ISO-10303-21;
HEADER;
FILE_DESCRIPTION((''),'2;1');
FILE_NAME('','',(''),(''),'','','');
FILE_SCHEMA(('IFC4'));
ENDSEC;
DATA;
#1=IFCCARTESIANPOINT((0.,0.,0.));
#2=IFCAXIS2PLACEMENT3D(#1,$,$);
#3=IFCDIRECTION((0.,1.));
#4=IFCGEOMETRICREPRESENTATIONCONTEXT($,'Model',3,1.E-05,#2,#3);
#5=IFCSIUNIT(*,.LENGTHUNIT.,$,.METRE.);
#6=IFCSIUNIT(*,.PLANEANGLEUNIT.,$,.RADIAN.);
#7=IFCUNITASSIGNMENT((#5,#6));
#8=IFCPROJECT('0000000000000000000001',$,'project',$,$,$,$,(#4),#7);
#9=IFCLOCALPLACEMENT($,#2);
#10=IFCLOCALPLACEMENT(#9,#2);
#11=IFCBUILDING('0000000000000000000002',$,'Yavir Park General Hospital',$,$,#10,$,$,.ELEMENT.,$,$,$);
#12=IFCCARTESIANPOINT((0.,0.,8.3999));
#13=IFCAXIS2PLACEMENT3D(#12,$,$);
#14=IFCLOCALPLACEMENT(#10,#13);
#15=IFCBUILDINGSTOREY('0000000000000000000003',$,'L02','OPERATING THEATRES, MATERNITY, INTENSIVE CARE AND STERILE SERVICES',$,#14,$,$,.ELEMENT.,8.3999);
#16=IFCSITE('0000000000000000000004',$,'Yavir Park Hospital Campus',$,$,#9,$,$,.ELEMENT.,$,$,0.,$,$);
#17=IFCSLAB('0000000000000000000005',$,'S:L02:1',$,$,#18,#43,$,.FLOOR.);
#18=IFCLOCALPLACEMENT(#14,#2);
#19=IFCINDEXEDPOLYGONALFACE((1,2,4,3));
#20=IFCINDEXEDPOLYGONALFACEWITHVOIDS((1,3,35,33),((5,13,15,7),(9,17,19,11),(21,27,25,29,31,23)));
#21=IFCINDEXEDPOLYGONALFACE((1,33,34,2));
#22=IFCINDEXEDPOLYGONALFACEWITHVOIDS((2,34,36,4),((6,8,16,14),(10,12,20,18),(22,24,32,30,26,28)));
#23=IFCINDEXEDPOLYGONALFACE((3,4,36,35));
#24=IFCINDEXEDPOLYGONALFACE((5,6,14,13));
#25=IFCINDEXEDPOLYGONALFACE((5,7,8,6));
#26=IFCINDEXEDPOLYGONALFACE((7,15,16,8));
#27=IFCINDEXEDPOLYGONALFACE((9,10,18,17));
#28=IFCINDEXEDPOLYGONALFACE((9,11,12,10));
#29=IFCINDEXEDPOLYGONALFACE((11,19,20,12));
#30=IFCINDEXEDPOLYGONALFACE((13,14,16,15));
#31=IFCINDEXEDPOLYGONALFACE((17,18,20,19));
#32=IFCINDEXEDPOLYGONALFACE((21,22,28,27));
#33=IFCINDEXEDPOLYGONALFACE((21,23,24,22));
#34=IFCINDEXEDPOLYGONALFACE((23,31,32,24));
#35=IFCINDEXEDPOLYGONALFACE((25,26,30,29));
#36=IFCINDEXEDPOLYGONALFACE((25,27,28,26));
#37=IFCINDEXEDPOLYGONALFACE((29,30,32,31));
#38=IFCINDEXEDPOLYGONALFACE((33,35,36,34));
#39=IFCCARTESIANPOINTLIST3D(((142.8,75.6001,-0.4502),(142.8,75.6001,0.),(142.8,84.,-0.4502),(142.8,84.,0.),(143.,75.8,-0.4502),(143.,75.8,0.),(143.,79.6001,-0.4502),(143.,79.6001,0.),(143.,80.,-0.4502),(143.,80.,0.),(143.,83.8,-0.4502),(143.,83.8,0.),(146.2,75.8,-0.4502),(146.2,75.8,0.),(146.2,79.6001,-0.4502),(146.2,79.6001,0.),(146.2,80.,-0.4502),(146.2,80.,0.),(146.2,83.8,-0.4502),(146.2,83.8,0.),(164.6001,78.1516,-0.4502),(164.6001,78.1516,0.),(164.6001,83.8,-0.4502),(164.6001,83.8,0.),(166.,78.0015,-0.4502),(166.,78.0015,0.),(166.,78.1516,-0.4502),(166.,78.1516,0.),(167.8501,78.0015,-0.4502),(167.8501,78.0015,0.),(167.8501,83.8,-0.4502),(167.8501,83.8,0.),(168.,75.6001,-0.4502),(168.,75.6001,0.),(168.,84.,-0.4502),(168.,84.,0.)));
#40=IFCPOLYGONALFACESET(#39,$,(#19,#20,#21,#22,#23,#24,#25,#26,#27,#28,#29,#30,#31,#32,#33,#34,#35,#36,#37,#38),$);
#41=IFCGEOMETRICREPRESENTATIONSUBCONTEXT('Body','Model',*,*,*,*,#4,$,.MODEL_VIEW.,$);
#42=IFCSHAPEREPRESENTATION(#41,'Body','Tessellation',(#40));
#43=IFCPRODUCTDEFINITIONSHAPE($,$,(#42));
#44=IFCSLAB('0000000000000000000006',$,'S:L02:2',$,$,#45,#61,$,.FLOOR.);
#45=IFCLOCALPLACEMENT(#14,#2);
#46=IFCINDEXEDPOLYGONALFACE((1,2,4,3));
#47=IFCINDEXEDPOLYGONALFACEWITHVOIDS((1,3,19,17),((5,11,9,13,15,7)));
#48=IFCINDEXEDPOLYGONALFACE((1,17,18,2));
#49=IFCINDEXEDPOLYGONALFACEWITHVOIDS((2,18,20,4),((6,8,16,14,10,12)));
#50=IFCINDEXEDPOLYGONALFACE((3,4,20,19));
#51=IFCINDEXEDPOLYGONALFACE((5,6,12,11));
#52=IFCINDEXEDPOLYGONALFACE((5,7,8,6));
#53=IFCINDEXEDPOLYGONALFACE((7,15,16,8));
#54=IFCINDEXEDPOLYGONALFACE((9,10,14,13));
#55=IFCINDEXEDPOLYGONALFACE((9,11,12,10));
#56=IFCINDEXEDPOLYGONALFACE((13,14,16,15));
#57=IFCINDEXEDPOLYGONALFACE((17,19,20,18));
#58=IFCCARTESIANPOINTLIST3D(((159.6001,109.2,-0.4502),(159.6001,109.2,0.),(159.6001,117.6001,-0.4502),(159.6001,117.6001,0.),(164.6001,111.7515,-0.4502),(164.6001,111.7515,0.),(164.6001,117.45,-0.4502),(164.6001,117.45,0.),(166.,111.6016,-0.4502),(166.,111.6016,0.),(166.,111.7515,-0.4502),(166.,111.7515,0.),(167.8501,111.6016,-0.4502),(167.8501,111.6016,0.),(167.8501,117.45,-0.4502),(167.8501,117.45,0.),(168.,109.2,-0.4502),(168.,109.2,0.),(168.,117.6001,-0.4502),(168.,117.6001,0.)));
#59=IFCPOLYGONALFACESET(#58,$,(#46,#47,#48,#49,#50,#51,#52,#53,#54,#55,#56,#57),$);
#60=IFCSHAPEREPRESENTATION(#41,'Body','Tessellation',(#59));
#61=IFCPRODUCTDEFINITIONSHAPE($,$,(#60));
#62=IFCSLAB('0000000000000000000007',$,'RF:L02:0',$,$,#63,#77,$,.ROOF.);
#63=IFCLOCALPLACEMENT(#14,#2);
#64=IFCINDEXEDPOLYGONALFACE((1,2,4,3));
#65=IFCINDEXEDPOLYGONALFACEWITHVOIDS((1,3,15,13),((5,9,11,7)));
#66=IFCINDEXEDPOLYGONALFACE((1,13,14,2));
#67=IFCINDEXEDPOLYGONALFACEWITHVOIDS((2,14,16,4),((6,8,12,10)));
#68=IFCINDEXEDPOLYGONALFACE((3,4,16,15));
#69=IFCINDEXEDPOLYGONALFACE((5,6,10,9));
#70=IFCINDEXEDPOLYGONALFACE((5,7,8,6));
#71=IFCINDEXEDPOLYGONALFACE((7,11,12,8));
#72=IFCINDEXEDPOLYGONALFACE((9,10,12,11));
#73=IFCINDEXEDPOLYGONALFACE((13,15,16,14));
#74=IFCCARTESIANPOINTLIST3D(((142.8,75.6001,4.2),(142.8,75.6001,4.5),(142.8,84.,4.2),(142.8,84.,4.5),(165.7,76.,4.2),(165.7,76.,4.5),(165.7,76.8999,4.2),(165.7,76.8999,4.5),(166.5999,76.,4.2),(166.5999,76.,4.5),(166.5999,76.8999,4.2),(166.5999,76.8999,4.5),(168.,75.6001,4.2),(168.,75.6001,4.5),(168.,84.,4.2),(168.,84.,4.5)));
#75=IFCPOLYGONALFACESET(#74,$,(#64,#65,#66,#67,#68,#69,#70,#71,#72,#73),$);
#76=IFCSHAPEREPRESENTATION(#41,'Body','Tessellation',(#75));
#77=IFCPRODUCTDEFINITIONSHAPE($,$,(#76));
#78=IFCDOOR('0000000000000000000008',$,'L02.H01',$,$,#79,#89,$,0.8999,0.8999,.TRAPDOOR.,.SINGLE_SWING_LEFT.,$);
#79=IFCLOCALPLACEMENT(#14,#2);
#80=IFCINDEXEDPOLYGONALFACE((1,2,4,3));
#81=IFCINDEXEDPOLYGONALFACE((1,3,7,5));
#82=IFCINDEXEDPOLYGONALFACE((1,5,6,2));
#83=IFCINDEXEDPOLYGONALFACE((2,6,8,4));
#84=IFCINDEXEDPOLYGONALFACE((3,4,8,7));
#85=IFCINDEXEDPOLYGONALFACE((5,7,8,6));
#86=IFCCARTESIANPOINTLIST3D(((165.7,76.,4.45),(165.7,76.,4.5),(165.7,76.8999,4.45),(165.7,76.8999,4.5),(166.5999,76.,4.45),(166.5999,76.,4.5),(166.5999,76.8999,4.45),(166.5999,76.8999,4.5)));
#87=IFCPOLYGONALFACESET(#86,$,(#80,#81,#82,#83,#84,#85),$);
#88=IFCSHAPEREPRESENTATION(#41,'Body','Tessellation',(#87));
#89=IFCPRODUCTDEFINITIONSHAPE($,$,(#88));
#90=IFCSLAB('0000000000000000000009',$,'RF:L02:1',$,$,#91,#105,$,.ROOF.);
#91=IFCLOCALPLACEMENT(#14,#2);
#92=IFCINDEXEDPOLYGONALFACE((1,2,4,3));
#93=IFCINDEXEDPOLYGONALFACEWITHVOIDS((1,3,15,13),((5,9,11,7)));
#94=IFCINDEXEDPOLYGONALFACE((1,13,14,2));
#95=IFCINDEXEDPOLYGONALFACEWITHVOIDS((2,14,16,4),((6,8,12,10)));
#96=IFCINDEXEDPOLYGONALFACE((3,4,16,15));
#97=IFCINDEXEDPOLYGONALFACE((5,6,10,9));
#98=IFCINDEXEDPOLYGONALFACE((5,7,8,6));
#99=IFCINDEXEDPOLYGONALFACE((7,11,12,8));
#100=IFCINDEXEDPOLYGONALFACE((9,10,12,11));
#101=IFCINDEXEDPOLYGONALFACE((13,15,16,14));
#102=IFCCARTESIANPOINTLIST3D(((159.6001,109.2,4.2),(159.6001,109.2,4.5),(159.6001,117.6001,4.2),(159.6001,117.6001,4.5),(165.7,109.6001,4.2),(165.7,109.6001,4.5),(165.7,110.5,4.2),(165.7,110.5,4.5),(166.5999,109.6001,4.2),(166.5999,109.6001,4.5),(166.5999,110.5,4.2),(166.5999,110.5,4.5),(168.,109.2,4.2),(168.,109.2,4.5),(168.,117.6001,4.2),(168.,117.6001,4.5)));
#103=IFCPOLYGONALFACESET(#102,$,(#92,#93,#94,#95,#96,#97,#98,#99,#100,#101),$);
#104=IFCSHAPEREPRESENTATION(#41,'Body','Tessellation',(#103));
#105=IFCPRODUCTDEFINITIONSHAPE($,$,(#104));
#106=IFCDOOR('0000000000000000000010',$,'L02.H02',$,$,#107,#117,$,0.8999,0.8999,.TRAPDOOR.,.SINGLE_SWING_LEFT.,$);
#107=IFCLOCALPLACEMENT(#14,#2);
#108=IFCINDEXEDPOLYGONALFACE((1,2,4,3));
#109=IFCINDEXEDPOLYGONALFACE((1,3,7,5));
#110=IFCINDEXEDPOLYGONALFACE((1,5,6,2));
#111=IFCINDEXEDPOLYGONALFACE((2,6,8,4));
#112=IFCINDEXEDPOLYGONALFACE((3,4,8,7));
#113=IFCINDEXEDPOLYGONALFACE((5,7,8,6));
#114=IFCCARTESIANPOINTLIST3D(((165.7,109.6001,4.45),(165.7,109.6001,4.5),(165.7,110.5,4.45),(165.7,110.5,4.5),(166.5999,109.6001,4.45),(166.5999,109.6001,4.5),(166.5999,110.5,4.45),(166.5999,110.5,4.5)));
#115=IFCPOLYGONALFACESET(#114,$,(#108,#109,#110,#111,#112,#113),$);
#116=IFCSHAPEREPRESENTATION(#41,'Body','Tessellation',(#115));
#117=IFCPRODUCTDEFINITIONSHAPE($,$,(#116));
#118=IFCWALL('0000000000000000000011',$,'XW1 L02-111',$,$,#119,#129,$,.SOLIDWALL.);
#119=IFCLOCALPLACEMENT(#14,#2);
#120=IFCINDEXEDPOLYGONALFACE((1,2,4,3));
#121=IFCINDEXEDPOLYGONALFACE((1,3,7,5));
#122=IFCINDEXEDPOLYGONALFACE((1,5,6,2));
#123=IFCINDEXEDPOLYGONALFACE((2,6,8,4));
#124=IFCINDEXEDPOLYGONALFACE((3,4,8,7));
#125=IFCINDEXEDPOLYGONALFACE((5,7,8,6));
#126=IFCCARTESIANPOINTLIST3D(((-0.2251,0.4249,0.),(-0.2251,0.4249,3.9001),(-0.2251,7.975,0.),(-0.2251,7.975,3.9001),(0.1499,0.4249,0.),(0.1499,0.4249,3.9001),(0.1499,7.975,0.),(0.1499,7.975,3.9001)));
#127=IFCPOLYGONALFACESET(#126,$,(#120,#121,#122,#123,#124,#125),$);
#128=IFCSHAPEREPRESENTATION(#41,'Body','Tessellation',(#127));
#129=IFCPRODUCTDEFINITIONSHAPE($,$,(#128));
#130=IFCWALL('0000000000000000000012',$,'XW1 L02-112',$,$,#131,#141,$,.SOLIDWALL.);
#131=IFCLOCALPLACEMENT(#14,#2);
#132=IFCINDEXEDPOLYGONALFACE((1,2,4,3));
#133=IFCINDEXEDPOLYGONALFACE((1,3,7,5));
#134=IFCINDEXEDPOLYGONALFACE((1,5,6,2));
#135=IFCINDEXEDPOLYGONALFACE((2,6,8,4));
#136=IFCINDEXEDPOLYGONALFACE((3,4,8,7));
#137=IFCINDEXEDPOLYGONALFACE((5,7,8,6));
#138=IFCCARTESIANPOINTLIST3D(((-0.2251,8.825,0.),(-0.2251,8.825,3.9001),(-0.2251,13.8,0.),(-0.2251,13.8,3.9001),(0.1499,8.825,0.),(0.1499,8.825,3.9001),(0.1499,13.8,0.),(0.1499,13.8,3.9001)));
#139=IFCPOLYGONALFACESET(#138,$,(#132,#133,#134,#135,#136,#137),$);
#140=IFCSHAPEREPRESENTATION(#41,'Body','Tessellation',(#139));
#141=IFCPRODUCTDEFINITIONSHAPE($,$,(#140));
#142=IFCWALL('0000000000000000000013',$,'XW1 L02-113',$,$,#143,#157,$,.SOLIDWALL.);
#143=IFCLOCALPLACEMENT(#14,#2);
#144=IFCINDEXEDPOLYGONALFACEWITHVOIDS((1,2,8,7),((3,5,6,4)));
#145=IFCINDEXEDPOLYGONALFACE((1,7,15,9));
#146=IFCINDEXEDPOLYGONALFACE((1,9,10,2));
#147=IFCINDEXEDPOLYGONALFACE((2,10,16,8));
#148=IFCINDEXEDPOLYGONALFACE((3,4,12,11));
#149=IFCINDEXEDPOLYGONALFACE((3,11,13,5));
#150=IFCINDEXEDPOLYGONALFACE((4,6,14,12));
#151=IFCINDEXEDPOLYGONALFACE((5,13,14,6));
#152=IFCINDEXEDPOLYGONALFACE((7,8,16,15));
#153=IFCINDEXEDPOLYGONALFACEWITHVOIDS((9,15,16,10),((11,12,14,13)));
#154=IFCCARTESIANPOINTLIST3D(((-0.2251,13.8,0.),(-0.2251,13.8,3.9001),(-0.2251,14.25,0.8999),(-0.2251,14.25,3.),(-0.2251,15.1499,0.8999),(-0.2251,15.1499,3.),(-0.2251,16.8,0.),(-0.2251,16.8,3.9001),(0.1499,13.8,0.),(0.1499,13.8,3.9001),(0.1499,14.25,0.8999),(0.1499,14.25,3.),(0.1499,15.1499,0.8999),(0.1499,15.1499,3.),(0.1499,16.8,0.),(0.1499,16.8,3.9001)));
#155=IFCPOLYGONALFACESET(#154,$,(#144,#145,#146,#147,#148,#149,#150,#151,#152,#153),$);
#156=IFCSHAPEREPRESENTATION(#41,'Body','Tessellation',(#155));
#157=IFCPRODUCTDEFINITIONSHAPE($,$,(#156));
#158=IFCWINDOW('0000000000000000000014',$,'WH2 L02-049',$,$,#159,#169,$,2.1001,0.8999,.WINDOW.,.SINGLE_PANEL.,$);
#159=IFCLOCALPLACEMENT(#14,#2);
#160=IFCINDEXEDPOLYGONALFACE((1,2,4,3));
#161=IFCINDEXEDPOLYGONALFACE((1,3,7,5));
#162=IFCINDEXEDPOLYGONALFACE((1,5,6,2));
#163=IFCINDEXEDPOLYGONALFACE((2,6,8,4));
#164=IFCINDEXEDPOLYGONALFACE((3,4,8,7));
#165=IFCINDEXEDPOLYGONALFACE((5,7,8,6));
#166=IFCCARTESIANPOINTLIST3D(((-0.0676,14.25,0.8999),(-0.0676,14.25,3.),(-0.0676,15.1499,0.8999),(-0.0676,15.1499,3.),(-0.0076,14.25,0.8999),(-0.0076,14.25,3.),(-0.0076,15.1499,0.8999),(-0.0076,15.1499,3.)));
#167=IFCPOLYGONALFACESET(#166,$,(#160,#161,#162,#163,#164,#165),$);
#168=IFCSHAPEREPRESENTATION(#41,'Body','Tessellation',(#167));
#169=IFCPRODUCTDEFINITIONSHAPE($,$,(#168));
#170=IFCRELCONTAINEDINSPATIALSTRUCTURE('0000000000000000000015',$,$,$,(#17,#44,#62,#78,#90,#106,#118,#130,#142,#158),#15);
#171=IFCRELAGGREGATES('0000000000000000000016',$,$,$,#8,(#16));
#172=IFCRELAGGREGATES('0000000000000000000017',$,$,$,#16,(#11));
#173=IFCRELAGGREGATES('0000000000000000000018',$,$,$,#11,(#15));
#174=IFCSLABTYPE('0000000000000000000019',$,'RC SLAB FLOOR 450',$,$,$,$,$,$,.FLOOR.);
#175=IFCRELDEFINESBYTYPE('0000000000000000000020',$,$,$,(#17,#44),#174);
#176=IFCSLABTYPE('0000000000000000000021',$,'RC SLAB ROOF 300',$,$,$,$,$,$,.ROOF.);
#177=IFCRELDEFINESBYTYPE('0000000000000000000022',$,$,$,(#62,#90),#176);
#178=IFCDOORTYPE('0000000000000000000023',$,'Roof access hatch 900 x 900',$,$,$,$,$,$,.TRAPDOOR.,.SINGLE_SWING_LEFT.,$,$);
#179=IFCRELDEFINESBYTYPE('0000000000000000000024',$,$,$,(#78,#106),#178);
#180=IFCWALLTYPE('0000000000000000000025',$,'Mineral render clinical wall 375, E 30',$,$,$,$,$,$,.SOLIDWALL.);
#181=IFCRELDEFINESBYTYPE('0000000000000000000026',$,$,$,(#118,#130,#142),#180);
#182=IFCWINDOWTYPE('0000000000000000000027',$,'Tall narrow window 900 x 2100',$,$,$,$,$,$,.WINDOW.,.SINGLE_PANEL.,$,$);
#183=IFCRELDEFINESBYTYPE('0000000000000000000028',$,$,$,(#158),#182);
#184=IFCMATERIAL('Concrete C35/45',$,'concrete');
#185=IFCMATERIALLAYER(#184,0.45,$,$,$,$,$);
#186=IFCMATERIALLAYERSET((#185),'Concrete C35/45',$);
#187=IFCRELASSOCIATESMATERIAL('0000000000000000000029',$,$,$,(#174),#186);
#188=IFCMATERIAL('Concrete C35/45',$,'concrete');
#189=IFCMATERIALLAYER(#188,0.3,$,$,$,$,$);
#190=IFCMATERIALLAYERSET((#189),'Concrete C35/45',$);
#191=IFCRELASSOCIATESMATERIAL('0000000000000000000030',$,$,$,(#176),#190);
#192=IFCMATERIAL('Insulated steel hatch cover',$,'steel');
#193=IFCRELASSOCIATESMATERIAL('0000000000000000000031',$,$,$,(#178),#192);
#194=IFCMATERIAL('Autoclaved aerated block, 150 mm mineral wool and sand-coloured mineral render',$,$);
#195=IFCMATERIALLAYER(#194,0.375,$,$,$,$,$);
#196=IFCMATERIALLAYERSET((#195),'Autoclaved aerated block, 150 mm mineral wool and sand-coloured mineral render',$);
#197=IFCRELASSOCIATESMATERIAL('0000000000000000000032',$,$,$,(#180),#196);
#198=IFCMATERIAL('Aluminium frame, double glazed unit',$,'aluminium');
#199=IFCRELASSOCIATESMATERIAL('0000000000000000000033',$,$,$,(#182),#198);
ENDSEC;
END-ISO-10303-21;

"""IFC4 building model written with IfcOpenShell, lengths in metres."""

from ifc_helpers import new_model, si_unit, direction, frame, frame_2d, origin, origin_2d, place, context, subcontext, project, spatial, polyline, rectangle, outline, extrude, material, layer, layer_set, type_object, element, fill, save


model = new_model("IFC4")

# Units and contexts
model_context = context("Model", 3, precision=1e-05, world=origin(), true_north=direction((0.0, 1.0)))
body_context = subcontext(model_context, "Body", "Model", "MODEL_VIEW")
ifc_project = project(units=[si_unit("LENGTHUNIT", "METRE"), si_unit("PLANEANGLEUNIT", "RADIAN")], contexts=[model_context])

# Site, building, storey
site_placement = place(None, origin())
site = spatial("IfcSite", under=ifc_project, at=site_placement, Name="Yavir Park Hospital Campus", CompositionType="ELEMENT", RefElevation=0.0)
building_placement = place(site_placement, origin())
building = spatial("IfcBuilding", under=site, at=building_placement, Name="Yavir Park General Hospital", CompositionType="ELEMENT")
storey_placement = place(building_placement, frame((0.0, 0.0, 8.3999)))
storey = spatial("IfcBuildingStorey", under=building, at=storey_placement, Name="L02", Description="OPERATING THEATRES, MATERNITY, INTENSIVE CARE AND STERILE SERVICES", CompositionType="ELEMENT", Elevation=8.3999)

# Slabs
ifc_material_1 = material(Name="Concrete C35/45", Category="concrete")
ifc_layer_1 = layer(ifc_material_1, 0.45)
ifc_layer_set_1 = layer_set([ifc_layer_1], Name="Concrete C35/45")
slab_type_1 = type_object("IfcSlabType", Name="RC SLAB FLOOR 450", PredefinedType="FLOOR", material=ifc_layer_set_1)
slab_1_placement = place(storey_placement, frame((0.0, 0.0, -0.4502)))
element("IfcSlab", 1, at=slab_1_placement, inside=storey, type_object=slab_type_1, Name="S:L02:1", PredefinedType="FLOOR", context=body_context, shape_type="SweptSolid", body=[
    extrude(outline(polyline([(142.8, 84.0), (142.8, 75.6001), (168.0, 75.6001), (168.0, 84.0), (142.8, 84.0)]), holes=[polyline([(143.0, 79.6001), (146.2, 79.6001), (146.2, 75.8), (143.0, 75.8), (143.0, 79.6001)]), polyline([(143.0, 83.8), (146.2, 83.8), (146.2, 80.0), (143.0, 80.0), (143.0, 83.8)]), polyline([(166.0, 78.1516), (164.6001, 78.1516), (164.6001, 83.8), (167.8501, 83.8), (167.8501, 78.0015), (166.0, 78.0015), (166.0, 78.1516)])]), origin(), (0.0, 0.0, 1.0), 0.4502),
])
slab_2_placement = place(storey_placement, frame((0.0, 0.0, -0.4502)))
element("IfcSlab", 2, at=slab_2_placement, inside=storey, type_object=slab_type_1, Name="S:L02:2", PredefinedType="FLOOR", context=body_context, shape_type="SweptSolid", body=[
    extrude(outline(polyline([(159.6001, 117.6001), (159.6001, 109.2), (168.0, 109.2), (168.0, 117.6001), (159.6001, 117.6001)]), holes=[polyline([(166.0, 111.7515), (164.6001, 111.7515), (164.6001, 117.45), (167.8501, 117.45), (167.8501, 111.6016), (166.0, 111.6016), (166.0, 111.7515)])]), origin(), (0.0, 0.0, 1.0), 0.4502),
])

# Slabs, openings, doors
ifc_material_2 = material(Name="Concrete C35/45", Category="concrete")
ifc_layer_2 = layer(ifc_material_2, 0.3)
ifc_layer_set_2 = layer_set([ifc_layer_2], Name="Concrete C35/45")
slab_type_2 = type_object("IfcSlabType", Name="RC SLAB ROOF 300", PredefinedType="ROOF", material=ifc_layer_set_2)
slab_3_placement = place(storey_placement, frame((0.0, 0.0, 4.2)))
slab_3 = element("IfcSlab", 3, at=slab_3_placement, inside=storey, type_object=slab_type_2, Name="RF:L02:0", PredefinedType="ROOF", context=body_context, shape_type="SweptSolid", body=[
    extrude(outline(polyline([(168.0, 84.0), (142.8, 84.0), (142.8, 75.6001), (168.0, 75.6001), (168.0, 84.0)])), origin(), (0.0, 0.0, 1.0), 0.3),
])
opening_1_placement = place(slab_3_placement, frame((166.1499, 76.45, 0.0)))
opening_1 = element("IfcOpeningElement", 4, at=opening_1_placement, cuts=slab_3, PredefinedType="OPENING", context=body_context, shape_type="SweptSolid", body=[
    extrude(rectangle(XDim=0.8999, YDim=0.8999, at=origin_2d()), origin(), (0.0, 0.0, 1.0), 0.3),
])
ifc_material_3 = material(Name="Insulated steel hatch cover", Category="steel")
door_type = type_object("IfcDoorType", Name="Roof access hatch 900 x 900", OperationType="SINGLE_SWING_LEFT", PredefinedType="TRAPDOOR", material=ifc_material_3)
door_1_placement = place(opening_1_placement, frame((0.0, 0.0, 0.25)))
door_1 = element("IfcDoor", 5, at=door_1_placement, inside=storey, type_object=door_type, Name="L02.H01", OperationType="SINGLE_SWING_LEFT", OverallHeight=0.8999, OverallWidth=0.8999, PredefinedType="TRAPDOOR", context=body_context, shape_type="SweptSolid", body=[
    extrude(rectangle(XDim=0.8999, YDim=0.8999, at=origin_2d()), origin(), (0.0, 0.0, 1.0), 0.05),
])
fill(opening_1, door_1)
slab_4_placement = place(storey_placement, frame((0.0, 0.0, 4.2)))
slab_4 = element("IfcSlab", 6, at=slab_4_placement, inside=storey, type_object=slab_type_2, Name="RF:L02:1", PredefinedType="ROOF", context=body_context, shape_type="SweptSolid", body=[
    extrude(outline(polyline([(168.0, 117.6001), (159.6001, 117.6001), (159.6001, 109.2), (168.0, 109.2), (168.0, 117.6001)])), origin(), (0.0, 0.0, 1.0), 0.3),
])
opening_2_placement = place(slab_4_placement, frame((166.1499, 110.05, 0.0)))
opening_2 = element("IfcOpeningElement", 7, at=opening_2_placement, cuts=slab_4, PredefinedType="OPENING", context=body_context, shape_type="SweptSolid", body=[
    extrude(rectangle(XDim=0.8999, YDim=0.8999, at=origin_2d()), origin(), (0.0, 0.0, 1.0), 0.3),
])
door_2_placement = place(opening_2_placement, frame((0.0, 0.0, 0.25)))
door_2 = element("IfcDoor", 8, at=door_2_placement, inside=storey, type_object=door_type, Name="L02.H02", OperationType="SINGLE_SWING_LEFT", OverallHeight=0.8999, OverallWidth=0.8999, PredefinedType="TRAPDOOR", context=body_context, shape_type="SweptSolid", body=[
    extrude(rectangle(XDim=0.8999, YDim=0.8999, at=origin_2d()), origin(), (0.0, 0.0, 1.0), 0.05),
])
fill(opening_2, door_2)

# Walls
ifc_material_4 = material(Name="Autoclaved aerated block, 150 mm mineral wool and sand-coloured mineral render")
ifc_layer_3 = layer(ifc_material_4, 0.375)
ifc_layer_set_3 = layer_set([ifc_layer_3], Name="Autoclaved aerated block, 150 mm mineral wool and sand-coloured mineral render")
wall_type = type_object("IfcWallType", Name="Mineral render clinical wall 375, E 30", PredefinedType="SOLIDWALL", material=ifc_layer_set_3)
wall_1_placement = place(storey_placement, frame((-0.0376, 0.425, 0.0), z_axis=(0.0, 0.0, 1.0), x_axis=(0.0, 1.0, 0.0)))
element("IfcWall", 9, at=wall_1_placement, inside=storey, type_object=wall_type, Name="XW1 L02-111", PredefinedType="SOLIDWALL", context=body_context, shape_type="SweptSolid", body=[
    extrude(rectangle(XDim=7.55, YDim=0.375, at=frame_2d((3.7749, 0.0))), origin(), (0.0, 0.0, 1.0), 3.9001),
])
wall_2_placement = place(storey_placement, frame((-0.0376, 8.825, 0.0), z_axis=(0.0, 0.0, 1.0), x_axis=(0.0, 1.0, 0.0)))
element("IfcWall", 10, at=wall_2_placement, inside=storey, type_object=wall_type, Name="XW1 L02-112", PredefinedType="SOLIDWALL", context=body_context, shape_type="SweptSolid", body=[
    extrude(rectangle(XDim=4.9751, YDim=0.375, at=frame_2d((2.4875, 0.0))), origin(), (0.0, 0.0, 1.0), 3.9001),
])

# Wall, opening, window
wall_3_placement = place(storey_placement, frame((-0.0376, 13.8, 0.0), z_axis=(0.0, 0.0, 1.0), x_axis=(0.0, 1.0, 0.0)))
wall_3 = element("IfcWall", 11, at=wall_3_placement, inside=storey, type_object=wall_type, Name="XW1 L02-113", PredefinedType="SOLIDWALL", context=body_context, shape_type="SweptSolid", body=[
    extrude(rectangle(XDim=3.0, YDim=0.375, at=frame_2d((1.5, 0.0))), origin(), (0.0, 0.0, 1.0), 3.9001),
])
opening_3_placement = place(wall_3_placement, frame((0.45, 0.0, 0.8999)))
opening_3 = element("IfcOpeningElement", 12, at=opening_3_placement, cuts=wall_3, PredefinedType="OPENING", context=body_context, shape_type="SweptSolid", body=[
    extrude(rectangle(XDim=0.8999, YDim=2.1001, at=frame_2d((0.45, 1.05))), frame((0.0, 0.1975, 0.0), z_axis=(0.0, -1.0, 0.0), x_axis=(1.0, 0.0, 0.0)), (0.0, 0.0, 1.0), 0.395),
])
ifc_material_5 = material(Name="Aluminium frame, double glazed unit", Category="aluminium")
window_type = type_object("IfcWindowType", Name="Tall narrow window 900 x 2100", PartitioningType="SINGLE_PANEL", PredefinedType="WINDOW", material=ifc_material_5)
window_placement = place(opening_3_placement, origin())
window = element("IfcWindow", 13, at=window_placement, inside=storey, type_object=window_type, Name="WH2 L02-049", OverallHeight=2.1001, OverallWidth=0.8999, PartitioningType="SINGLE_PANEL", PredefinedType="WINDOW", context=body_context, shape_type="SweptSolid", body=[
    extrude(rectangle(XDim=0.8999, YDim=2.1001, at=frame_2d((0.45, 1.05))), frame((0.0, 0.03, 0.0), z_axis=(0.0, -1.0, 0.0), x_axis=(1.0, 0.0, 0.0)), (0.0, 0.0, 1.0), 0.0601),
])
fill(opening_3, window)

save(model, "model.ifc")
